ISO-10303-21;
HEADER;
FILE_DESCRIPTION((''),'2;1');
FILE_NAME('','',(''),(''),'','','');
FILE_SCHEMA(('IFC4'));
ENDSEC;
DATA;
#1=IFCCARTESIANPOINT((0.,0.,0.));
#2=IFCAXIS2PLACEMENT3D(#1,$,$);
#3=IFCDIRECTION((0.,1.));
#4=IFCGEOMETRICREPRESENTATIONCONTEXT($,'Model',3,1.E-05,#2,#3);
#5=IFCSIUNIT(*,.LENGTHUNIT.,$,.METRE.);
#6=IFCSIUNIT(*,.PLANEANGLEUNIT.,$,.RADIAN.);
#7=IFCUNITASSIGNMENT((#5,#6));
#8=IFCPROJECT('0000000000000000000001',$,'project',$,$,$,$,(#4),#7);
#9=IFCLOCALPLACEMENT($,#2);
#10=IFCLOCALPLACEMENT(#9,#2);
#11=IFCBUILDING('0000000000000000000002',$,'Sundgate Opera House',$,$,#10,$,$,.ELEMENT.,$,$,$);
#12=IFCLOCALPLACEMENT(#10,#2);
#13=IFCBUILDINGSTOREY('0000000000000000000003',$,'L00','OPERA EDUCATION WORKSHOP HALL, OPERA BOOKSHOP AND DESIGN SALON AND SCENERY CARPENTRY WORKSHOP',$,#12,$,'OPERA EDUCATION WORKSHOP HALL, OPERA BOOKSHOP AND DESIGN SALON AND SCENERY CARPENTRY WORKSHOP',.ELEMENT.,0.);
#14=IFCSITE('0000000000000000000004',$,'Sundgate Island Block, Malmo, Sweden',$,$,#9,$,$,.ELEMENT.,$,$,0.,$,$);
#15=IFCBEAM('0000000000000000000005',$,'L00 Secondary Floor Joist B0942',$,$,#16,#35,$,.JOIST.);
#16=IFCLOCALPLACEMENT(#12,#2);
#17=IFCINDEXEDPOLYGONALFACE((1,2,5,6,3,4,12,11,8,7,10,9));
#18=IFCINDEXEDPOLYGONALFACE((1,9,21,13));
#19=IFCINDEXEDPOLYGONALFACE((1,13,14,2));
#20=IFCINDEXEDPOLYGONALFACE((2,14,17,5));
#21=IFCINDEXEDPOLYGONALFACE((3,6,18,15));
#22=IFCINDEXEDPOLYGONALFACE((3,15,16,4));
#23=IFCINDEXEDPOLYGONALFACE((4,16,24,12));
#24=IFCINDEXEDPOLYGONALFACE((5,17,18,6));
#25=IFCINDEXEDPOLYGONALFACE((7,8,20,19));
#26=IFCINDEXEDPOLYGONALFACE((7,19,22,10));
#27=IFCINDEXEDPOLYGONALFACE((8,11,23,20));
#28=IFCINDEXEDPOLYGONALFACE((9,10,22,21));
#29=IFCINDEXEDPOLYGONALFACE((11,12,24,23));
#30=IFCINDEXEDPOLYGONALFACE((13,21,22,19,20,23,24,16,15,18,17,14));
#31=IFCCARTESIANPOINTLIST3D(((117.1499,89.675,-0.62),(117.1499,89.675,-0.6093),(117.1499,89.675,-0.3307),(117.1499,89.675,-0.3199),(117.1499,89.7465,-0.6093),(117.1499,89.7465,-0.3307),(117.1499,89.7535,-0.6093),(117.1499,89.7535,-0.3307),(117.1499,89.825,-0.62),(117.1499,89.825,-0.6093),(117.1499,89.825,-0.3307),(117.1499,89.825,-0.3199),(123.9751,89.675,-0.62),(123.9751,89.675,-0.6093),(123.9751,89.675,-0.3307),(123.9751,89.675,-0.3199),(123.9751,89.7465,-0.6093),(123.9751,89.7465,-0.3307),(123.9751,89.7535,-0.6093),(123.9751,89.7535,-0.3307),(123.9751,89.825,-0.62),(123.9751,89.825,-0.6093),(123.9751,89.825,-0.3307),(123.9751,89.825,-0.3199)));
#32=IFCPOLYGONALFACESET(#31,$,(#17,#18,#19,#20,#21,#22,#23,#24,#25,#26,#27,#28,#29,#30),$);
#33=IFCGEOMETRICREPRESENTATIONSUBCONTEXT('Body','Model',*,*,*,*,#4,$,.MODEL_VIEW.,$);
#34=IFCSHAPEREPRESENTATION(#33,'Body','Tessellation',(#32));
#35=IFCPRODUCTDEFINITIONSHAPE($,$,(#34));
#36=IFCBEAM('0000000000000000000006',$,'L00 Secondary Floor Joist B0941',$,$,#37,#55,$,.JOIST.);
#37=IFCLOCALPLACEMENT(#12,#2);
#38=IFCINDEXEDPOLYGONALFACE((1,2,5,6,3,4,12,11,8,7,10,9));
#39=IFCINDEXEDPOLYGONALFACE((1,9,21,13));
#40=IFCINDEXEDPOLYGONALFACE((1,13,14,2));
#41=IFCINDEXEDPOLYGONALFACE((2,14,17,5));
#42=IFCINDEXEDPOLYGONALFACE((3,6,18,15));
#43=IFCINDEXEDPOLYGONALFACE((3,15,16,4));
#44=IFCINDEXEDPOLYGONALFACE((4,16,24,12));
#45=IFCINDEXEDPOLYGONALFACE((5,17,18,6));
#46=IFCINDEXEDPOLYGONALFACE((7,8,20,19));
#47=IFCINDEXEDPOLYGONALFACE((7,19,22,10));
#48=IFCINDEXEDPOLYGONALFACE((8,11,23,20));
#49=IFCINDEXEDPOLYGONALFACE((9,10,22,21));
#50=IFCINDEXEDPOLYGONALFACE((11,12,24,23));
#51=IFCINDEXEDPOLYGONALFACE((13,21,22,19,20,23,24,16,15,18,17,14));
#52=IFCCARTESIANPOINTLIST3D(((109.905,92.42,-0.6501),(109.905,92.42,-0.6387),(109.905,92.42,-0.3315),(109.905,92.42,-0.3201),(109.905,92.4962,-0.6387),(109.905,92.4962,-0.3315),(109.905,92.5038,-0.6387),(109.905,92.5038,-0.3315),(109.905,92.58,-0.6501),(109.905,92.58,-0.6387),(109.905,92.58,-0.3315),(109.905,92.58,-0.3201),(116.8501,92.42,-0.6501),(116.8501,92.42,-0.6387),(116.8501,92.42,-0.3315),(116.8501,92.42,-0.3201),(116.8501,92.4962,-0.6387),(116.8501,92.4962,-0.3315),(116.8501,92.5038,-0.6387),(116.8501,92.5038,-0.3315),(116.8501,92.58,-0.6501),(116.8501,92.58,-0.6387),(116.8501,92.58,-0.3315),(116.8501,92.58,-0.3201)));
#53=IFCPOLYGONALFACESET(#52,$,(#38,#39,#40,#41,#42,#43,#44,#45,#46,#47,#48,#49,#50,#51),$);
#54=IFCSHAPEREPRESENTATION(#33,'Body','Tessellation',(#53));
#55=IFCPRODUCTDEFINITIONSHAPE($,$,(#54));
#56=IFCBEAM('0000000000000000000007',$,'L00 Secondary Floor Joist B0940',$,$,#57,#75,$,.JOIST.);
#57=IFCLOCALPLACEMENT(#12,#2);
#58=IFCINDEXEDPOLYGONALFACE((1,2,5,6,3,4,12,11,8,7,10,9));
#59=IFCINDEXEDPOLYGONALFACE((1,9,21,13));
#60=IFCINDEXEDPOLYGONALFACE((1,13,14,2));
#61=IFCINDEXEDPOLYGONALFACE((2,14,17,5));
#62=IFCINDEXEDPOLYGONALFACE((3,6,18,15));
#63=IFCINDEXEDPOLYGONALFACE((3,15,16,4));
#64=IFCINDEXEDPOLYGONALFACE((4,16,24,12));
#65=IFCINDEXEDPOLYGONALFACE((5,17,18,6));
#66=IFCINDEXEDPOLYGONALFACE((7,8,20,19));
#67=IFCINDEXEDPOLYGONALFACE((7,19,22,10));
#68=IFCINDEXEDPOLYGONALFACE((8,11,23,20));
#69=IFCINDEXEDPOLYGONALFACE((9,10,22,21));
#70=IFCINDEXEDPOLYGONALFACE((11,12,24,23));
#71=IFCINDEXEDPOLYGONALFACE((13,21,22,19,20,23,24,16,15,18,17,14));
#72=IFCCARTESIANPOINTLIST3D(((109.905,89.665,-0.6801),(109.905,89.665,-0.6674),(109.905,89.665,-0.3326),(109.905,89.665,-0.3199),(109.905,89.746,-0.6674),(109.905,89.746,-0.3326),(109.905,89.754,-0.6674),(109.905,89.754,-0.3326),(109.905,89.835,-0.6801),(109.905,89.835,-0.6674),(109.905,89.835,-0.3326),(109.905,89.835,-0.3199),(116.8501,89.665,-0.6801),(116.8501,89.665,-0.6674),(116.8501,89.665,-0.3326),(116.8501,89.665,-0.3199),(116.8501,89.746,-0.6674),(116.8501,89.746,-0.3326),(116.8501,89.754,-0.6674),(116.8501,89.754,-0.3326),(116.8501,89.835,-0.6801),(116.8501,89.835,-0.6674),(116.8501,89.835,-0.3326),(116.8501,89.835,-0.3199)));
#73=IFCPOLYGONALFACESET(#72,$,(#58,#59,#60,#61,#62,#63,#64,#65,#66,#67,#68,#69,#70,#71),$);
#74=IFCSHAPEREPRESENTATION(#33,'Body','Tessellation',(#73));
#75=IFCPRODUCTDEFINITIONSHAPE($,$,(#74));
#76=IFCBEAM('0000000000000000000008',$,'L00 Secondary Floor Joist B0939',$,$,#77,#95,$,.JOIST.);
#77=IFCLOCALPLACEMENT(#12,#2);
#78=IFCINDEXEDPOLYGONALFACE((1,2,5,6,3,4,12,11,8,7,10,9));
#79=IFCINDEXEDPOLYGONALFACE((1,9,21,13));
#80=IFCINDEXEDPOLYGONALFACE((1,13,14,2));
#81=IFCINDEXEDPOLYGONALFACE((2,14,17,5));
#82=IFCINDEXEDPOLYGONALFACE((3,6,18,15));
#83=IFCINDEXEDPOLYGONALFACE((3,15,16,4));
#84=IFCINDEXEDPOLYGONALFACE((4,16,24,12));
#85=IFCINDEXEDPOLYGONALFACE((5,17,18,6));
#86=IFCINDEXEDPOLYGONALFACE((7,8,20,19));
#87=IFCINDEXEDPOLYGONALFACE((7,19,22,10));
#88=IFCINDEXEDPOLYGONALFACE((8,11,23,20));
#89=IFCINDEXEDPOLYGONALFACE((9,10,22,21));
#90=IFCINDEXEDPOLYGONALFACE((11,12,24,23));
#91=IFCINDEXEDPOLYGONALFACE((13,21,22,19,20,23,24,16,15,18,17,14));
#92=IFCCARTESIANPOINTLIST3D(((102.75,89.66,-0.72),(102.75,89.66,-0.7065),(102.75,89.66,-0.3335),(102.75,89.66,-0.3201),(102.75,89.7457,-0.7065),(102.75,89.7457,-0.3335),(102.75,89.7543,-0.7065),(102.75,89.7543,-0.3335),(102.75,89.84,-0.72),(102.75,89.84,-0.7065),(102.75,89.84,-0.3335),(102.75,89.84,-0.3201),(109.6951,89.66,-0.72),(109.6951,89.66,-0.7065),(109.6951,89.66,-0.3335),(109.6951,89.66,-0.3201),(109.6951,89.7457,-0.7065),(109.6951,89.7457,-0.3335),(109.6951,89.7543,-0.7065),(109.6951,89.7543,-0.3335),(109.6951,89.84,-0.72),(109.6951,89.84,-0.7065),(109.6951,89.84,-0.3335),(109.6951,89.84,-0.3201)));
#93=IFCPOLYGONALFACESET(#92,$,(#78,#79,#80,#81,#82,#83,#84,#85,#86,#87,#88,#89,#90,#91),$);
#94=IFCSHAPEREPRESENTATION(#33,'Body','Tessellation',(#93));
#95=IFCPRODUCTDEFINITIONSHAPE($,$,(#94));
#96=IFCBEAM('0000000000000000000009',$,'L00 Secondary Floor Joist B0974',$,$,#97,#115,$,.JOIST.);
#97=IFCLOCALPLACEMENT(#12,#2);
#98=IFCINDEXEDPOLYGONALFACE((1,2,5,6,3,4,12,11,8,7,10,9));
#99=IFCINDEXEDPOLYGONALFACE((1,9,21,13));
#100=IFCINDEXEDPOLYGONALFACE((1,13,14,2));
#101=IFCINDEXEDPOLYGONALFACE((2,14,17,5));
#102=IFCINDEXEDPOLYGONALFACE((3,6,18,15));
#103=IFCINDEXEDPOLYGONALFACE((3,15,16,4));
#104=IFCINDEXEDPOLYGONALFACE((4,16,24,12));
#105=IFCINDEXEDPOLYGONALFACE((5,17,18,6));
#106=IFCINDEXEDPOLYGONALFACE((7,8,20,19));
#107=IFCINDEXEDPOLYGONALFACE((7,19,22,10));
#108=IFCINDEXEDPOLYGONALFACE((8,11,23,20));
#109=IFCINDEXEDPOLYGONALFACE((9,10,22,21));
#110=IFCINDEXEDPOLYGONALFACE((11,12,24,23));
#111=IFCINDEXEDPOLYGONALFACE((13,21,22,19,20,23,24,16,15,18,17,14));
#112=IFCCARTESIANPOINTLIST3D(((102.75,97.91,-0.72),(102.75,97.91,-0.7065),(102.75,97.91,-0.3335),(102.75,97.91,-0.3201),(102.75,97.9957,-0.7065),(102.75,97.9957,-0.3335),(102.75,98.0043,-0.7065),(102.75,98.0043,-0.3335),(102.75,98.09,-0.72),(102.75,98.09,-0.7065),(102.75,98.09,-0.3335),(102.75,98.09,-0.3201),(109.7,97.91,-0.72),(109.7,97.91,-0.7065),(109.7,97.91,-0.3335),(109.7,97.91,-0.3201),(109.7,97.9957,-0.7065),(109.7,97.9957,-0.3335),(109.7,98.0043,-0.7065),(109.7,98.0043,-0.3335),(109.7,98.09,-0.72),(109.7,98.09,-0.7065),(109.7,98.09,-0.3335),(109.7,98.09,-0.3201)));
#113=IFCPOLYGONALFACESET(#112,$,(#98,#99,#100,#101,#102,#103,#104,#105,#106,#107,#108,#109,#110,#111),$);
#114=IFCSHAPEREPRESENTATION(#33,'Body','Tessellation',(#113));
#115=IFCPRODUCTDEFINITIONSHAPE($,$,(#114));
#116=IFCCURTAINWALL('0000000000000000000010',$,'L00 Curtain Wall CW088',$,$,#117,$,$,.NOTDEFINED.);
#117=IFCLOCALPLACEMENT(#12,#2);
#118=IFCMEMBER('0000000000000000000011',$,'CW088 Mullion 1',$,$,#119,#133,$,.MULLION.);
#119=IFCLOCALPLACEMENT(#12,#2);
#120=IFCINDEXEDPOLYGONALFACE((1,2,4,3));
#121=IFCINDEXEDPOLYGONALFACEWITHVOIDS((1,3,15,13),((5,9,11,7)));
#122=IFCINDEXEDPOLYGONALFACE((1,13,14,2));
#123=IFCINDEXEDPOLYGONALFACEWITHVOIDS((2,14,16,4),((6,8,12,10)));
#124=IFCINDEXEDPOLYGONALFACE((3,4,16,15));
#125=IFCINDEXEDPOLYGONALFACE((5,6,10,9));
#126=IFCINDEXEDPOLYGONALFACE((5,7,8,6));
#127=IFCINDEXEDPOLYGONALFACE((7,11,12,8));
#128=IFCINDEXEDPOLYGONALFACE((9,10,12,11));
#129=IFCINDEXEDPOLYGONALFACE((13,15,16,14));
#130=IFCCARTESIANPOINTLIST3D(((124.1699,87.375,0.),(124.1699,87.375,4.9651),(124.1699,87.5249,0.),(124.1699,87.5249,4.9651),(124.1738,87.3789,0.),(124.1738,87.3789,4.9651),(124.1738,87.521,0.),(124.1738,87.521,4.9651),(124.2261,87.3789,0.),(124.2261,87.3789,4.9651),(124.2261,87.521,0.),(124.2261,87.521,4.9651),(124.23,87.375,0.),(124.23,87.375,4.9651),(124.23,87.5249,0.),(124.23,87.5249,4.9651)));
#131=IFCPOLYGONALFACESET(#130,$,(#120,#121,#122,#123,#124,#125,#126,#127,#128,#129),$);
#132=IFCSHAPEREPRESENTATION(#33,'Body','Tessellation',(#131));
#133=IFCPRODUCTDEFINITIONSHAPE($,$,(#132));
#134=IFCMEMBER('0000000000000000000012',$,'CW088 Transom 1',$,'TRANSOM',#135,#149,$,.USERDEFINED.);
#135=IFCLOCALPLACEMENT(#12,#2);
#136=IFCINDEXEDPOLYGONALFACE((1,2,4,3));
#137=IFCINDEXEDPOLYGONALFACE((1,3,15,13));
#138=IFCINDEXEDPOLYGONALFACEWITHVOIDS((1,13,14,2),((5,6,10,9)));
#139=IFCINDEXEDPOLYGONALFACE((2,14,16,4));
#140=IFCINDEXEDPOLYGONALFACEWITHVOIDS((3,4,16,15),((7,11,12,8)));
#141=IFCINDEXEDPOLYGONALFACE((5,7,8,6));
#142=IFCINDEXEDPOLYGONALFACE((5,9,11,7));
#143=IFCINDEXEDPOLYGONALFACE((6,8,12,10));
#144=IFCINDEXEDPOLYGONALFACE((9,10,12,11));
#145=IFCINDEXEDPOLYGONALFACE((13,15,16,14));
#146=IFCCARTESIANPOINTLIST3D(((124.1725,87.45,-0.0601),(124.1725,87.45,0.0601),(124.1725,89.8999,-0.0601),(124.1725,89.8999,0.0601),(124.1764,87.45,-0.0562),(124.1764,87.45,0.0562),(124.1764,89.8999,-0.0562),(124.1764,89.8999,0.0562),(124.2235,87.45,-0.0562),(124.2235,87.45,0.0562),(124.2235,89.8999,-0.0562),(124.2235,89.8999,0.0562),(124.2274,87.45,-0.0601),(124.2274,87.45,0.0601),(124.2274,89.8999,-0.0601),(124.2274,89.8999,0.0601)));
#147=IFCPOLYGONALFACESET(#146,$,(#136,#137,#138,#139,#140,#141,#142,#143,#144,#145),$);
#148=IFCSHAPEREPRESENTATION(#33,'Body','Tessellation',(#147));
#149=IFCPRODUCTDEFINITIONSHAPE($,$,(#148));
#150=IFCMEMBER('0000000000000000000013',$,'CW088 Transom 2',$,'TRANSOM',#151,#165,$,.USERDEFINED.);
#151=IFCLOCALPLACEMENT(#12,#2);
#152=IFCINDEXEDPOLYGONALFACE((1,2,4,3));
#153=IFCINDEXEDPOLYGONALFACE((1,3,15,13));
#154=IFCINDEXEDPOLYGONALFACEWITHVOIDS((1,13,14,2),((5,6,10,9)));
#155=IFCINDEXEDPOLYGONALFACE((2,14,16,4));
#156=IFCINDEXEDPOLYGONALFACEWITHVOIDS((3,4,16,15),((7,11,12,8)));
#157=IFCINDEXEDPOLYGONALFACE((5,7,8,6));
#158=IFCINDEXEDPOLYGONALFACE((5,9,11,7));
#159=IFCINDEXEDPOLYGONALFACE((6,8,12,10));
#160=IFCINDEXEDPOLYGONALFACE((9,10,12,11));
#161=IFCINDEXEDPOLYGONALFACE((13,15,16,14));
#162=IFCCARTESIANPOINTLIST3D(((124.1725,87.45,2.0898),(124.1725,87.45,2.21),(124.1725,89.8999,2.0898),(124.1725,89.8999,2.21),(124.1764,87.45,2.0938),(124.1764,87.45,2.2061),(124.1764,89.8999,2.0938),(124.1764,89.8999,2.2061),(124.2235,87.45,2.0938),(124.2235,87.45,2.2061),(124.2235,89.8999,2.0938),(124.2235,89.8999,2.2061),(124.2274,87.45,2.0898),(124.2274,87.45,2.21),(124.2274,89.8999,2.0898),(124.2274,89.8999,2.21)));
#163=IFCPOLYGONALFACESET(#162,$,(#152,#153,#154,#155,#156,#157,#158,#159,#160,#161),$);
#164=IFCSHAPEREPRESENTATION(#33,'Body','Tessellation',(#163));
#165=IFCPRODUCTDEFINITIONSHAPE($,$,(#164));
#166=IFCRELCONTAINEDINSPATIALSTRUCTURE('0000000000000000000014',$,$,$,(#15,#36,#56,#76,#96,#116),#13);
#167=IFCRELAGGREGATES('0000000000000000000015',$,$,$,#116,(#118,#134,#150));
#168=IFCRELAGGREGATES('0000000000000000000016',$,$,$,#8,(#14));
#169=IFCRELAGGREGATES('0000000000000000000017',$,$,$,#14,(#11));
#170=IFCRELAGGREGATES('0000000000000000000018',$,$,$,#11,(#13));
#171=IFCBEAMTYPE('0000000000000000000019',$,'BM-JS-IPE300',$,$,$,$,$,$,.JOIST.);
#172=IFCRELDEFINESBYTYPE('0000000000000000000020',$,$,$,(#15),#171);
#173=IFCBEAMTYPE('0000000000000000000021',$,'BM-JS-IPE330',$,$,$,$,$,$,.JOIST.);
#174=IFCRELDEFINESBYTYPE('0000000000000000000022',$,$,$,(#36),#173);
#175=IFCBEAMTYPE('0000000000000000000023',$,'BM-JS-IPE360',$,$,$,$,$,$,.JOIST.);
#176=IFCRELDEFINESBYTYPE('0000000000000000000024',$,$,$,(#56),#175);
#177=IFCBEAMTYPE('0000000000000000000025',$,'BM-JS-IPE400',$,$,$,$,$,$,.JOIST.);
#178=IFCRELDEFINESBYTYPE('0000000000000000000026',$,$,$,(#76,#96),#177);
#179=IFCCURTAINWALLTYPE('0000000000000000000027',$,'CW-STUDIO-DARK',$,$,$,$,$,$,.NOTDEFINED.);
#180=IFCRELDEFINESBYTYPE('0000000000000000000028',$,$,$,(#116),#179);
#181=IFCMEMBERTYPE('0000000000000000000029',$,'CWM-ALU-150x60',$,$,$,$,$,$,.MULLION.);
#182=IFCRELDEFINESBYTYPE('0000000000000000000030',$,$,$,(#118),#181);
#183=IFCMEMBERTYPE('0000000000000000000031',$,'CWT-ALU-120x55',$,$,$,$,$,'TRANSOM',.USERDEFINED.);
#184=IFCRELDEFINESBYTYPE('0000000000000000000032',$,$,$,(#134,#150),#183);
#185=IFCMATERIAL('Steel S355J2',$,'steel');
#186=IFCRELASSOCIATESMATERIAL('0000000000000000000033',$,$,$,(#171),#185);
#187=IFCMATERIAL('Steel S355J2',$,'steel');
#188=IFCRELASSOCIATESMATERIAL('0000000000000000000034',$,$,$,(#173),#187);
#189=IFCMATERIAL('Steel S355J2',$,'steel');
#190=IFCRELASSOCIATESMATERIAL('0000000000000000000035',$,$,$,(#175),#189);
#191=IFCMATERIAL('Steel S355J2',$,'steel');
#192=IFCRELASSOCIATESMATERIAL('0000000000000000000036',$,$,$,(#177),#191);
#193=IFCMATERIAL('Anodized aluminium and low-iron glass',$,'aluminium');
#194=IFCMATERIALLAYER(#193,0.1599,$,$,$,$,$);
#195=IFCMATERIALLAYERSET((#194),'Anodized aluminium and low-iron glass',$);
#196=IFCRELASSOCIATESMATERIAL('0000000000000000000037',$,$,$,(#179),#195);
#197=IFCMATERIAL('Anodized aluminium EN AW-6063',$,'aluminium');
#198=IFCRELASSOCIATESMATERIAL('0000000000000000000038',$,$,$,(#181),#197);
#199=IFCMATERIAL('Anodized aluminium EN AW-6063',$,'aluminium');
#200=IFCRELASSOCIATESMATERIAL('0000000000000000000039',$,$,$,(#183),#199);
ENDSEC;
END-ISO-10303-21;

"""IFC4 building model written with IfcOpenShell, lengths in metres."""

from ifc_helpers import new_model, si_unit, direction, frame, origin, origin_2d, place, context, subcontext, project, spatial, hollow_rectangle, i_section, extrude, material, layer, layer_set, material_profile, profile_set, type_object, element, aggregate, save


model = new_model("IFC4")

# Units and contexts
model_context = context("Model", 3, precision=1e-05, world=origin(), true_north=direction((0.0, 1.0)))
body_context = subcontext(model_context, "Body", "Model", "MODEL_VIEW")
ifc_project = project(units=[si_unit("LENGTHUNIT", "METRE"), si_unit("PLANEANGLEUNIT", "RADIAN")], contexts=[model_context])

# Site, building, storey
site_placement = place(None, origin())
site = spatial("IfcSite", under=ifc_project, at=site_placement, Name="Sundgate Island Block, Malmo, Sweden", CompositionType="ELEMENT", RefElevation=0.0)
building_placement = place(site_placement, origin())
building = spatial("IfcBuilding", under=site, at=building_placement, Name="Sundgate Opera House", CompositionType="ELEMENT")
storey_placement = place(building_placement, origin())
storey = spatial("IfcBuildingStorey", under=building, at=storey_placement, Name="L00", Description="OPERA EDUCATION WORKSHOP HALL, OPERA BOOKSHOP AND DESIGN SALON AND SCENERY CARPENTRY WORKSHOP", LongName="OPERA EDUCATION WORKSHOP HALL, OPERA BOOKSHOP AND DESIGN SALON AND SCENERY CARPENTRY WORKSHOP", CompositionType="ELEMENT", Elevation=0.0)

# Beams
ifc_material_1 = material(Name="Steel S355J2", Category="steel")
ifc_material_profile_1 = material_profile(ifc_material_1, i_section(OverallWidth=0.1499, OverallDepth=0.3, WebThickness=0.0071, FlangeThickness=0.0107, at=origin_2d()), Name="IPE 300")
ifc_profile_set_1 = profile_set([ifc_material_profile_1], Name="Steel S355J2")
beam_type_1 = type_object("IfcBeamType", Name="BM-JS-IPE300", PredefinedType="JOIST", material=ifc_profile_set_1)
beam_1_placement = place(storey_placement, frame((117.1499, 89.75, -0.47), z_axis=(1.0, 0.0, 0.0), x_axis=(0.0, 1.0, 0.0)))
element("IfcBeam", 1, at=beam_1_placement, inside=storey, type_object=beam_type_1, Name="L00 Secondary Floor Joist B0942", PredefinedType="JOIST", context=body_context, shape_type="SweptSolid", body=[
    extrude(i_section(OverallWidth=0.1499, OverallDepth=0.3, WebThickness=0.0071, FlangeThickness=0.0107, at=origin_2d()), origin(), (0.0, 0.0, 1.0), 6.8252),
])
ifc_material_2 = material(Name="Steel S355J2", Category="steel")
ifc_material_profile_2 = material_profile(ifc_material_2, i_section(OverallWidth=0.1599, OverallDepth=0.3301, WebThickness=0.0076, FlangeThickness=0.0115, at=origin_2d()), Name="IPE 330")
ifc_profile_set_2 = profile_set([ifc_material_profile_2], Name="Steel S355J2")
beam_type_2 = type_object("IfcBeamType", Name="BM-JS-IPE330", PredefinedType="JOIST", material=ifc_profile_set_2)
beam_2_placement = place(storey_placement, frame((109.905, 92.5, -0.4851), z_axis=(1.0, 0.0, 0.0), x_axis=(0.0, 1.0, 0.0)))
element("IfcBeam", 2, at=beam_2_placement, inside=storey, type_object=beam_type_2, Name="L00 Secondary Floor Joist B0941", PredefinedType="JOIST", context=body_context, shape_type="SweptSolid", body=[
    extrude(i_section(OverallWidth=0.1599, OverallDepth=0.3301, WebThickness=0.0076, FlangeThickness=0.0115, at=origin_2d()), origin(), (0.0, 0.0, 1.0), 6.9451),
])
ifc_material_3 = material(Name="Steel S355J2", Category="steel")
ifc_material_profile_3 = material_profile(ifc_material_3, i_section(OverallWidth=0.1699, OverallDepth=0.3601, WebThickness=0.0081, FlangeThickness=0.0127, at=origin_2d()), Name="IPE 360")
ifc_profile_set_3 = profile_set([ifc_material_profile_3], Name="Steel S355J2")
beam_type_3 = type_object("IfcBeamType", Name="BM-JS-IPE360", PredefinedType="JOIST", material=ifc_profile_set_3)
beam_3_placement = place(storey_placement, frame((109.905, 89.75, -0.5), z_axis=(1.0, 0.0, 0.0), x_axis=(0.0, 1.0, 0.0)))
element("IfcBeam", 3, at=beam_3_placement, inside=storey, type_object=beam_type_3, Name="L00 Secondary Floor Joist B0940", PredefinedType="JOIST", context=body_context, shape_type="SweptSolid", body=[
    extrude(i_section(OverallWidth=0.1699, OverallDepth=0.3601, WebThickness=0.0081, FlangeThickness=0.0127, at=origin_2d()), origin(), (0.0, 0.0, 1.0), 6.9451),
])
ifc_material_4 = material(Name="Steel S355J2", Category="steel")
ifc_material_profile_4 = material_profile(ifc_material_4, i_section(OverallWidth=0.1799, OverallDepth=0.3999, WebThickness=0.0085, FlangeThickness=0.0134, at=origin_2d()), Name="IPE 400")
ifc_profile_set_4 = profile_set([ifc_material_profile_4], Name="Steel S355J2")
beam_type_4 = type_object("IfcBeamType", Name="BM-JS-IPE400", PredefinedType="JOIST", material=ifc_profile_set_4)
beam_4_placement = place(storey_placement, frame((102.75, 89.75, -0.52), z_axis=(1.0, 0.0, 0.0), x_axis=(0.0, 1.0, 0.0)))
element("IfcBeam", 4, at=beam_4_placement, inside=storey, type_object=beam_type_4, Name="L00 Secondary Floor Joist B0939", PredefinedType="JOIST", context=body_context, shape_type="SweptSolid", body=[
    extrude(i_section(OverallWidth=0.1799, OverallDepth=0.3999, WebThickness=0.0085, FlangeThickness=0.0134, at=origin_2d()), origin(), (0.0, 0.0, 1.0), 6.9451),
])
beam_5_placement = place(storey_placement, frame((102.75, 98.0, -0.52), z_axis=(1.0, 0.0, 0.0), x_axis=(0.0, 1.0, 0.0)))
element("IfcBeam", 5, at=beam_5_placement, inside=storey, type_object=beam_type_4, Name="L00 Secondary Floor Joist B0974", PredefinedType="JOIST", context=body_context, shape_type="SweptSolid", body=[
    extrude(i_section(OverallWidth=0.1799, OverallDepth=0.3999, WebThickness=0.0085, FlangeThickness=0.0134, at=origin_2d()), origin(), (0.0, 0.0, 1.0), 6.95),
])

# Curtain wall, members
ifc_material_5 = material(Name="Anodized aluminium and low-iron glass", Category="aluminium")
ifc_layer_1 = layer(ifc_material_5, 0.1599)
ifc_layer_set_1 = layer_set([ifc_layer_1], Name="Anodized aluminium and low-iron glass")
curtain_wall_type = type_object("IfcCurtainWallType", Name="CW-STUDIO-DARK", PredefinedType="NOTDEFINED", material=ifc_layer_set_1)
curtain_wall_placement = place(storey_placement, origin())
curtain_wall = element("IfcCurtainWall", 6, at=curtain_wall_placement, inside=storey, type_object=curtain_wall_type, Name="L00 Curtain Wall CW088", PredefinedType="NOTDEFINED")
ifc_material_6 = material(Name="Anodized aluminium EN AW-6063", Category="aluminium")
ifc_material_profile_5 = material_profile(ifc_material_6, hollow_rectangle(XDim=0.0601, YDim=0.1499, WallThickness=0.0039, at=origin_2d()), Name="CWM 150x60x4")
ifc_profile_set_5 = profile_set([ifc_material_profile_5], Name="Anodized aluminium EN AW-6063")
member_type_1 = type_object("IfcMemberType", Name="CWM-ALU-150x60", PredefinedType="MULLION", material=ifc_profile_set_5)
member_1_placement = place(storey_placement, frame((124.2, 87.45, 0.0), z_axis=(0.0, 0.0, 1.0), x_axis=(1.0, 0.0, 0.0)))
member_1 = element("IfcMember", 7, at=member_1_placement, type_object=member_type_1, Name="CW088 Mullion 1", PredefinedType="MULLION", context=body_context, shape_type="SweptSolid", body=[
    extrude(hollow_rectangle(XDim=0.0601, YDim=0.1499, WallThickness=0.0039, at=origin_2d()), origin(), (0.0, 0.0, 1.0), 4.9651),
])
ifc_material_7 = material(Name="Anodized aluminium EN AW-6063", Category="aluminium")
ifc_material_profile_6 = material_profile(ifc_material_7, hollow_rectangle(XDim=0.0549, YDim=0.1201, WallThickness=0.0039, at=origin_2d()), Name="CWT 120x55x4")
ifc_profile_set_6 = profile_set([ifc_material_profile_6], Name="Anodized aluminium EN AW-6063")
member_type_2 = type_object("IfcMemberType", Name="CWT-ALU-120x55", ElementType="TRANSOM", PredefinedType="USERDEFINED", material=ifc_profile_set_6)
member_2_placement = place(storey_placement, frame((124.2, 87.45, 0.0), z_axis=(0.0, 1.0, 0.0), x_axis=(-1.0, 0.0, 0.0)))
member_2 = element("IfcMember", 8, at=member_2_placement, type_object=member_type_2, Name="CW088 Transom 1", ObjectType="TRANSOM", PredefinedType="USERDEFINED", context=body_context, shape_type="SweptSolid", body=[
    extrude(hollow_rectangle(XDim=0.0549, YDim=0.1201, WallThickness=0.0039, at=origin_2d()), origin(), (0.0, 0.0, 1.0), 2.45),
])
member_3_placement = place(storey_placement, frame((124.2, 87.45, 2.1499), z_axis=(0.0, 1.0, 0.0), x_axis=(-1.0, 0.0, 0.0)))
member_3 = element("IfcMember", 9, at=member_3_placement, type_object=member_type_2, Name="CW088 Transom 2", ObjectType="TRANSOM", PredefinedType="USERDEFINED", context=body_context, shape_type="SweptSolid", body=[
    extrude(hollow_rectangle(XDim=0.0549, YDim=0.1201, WallThickness=0.0039, at=origin_2d()), origin(), (0.0, 0.0, 1.0), 2.45),
])
aggregate(curtain_wall, [member_1, member_2, member_3])

save(model, "model.ifc")
